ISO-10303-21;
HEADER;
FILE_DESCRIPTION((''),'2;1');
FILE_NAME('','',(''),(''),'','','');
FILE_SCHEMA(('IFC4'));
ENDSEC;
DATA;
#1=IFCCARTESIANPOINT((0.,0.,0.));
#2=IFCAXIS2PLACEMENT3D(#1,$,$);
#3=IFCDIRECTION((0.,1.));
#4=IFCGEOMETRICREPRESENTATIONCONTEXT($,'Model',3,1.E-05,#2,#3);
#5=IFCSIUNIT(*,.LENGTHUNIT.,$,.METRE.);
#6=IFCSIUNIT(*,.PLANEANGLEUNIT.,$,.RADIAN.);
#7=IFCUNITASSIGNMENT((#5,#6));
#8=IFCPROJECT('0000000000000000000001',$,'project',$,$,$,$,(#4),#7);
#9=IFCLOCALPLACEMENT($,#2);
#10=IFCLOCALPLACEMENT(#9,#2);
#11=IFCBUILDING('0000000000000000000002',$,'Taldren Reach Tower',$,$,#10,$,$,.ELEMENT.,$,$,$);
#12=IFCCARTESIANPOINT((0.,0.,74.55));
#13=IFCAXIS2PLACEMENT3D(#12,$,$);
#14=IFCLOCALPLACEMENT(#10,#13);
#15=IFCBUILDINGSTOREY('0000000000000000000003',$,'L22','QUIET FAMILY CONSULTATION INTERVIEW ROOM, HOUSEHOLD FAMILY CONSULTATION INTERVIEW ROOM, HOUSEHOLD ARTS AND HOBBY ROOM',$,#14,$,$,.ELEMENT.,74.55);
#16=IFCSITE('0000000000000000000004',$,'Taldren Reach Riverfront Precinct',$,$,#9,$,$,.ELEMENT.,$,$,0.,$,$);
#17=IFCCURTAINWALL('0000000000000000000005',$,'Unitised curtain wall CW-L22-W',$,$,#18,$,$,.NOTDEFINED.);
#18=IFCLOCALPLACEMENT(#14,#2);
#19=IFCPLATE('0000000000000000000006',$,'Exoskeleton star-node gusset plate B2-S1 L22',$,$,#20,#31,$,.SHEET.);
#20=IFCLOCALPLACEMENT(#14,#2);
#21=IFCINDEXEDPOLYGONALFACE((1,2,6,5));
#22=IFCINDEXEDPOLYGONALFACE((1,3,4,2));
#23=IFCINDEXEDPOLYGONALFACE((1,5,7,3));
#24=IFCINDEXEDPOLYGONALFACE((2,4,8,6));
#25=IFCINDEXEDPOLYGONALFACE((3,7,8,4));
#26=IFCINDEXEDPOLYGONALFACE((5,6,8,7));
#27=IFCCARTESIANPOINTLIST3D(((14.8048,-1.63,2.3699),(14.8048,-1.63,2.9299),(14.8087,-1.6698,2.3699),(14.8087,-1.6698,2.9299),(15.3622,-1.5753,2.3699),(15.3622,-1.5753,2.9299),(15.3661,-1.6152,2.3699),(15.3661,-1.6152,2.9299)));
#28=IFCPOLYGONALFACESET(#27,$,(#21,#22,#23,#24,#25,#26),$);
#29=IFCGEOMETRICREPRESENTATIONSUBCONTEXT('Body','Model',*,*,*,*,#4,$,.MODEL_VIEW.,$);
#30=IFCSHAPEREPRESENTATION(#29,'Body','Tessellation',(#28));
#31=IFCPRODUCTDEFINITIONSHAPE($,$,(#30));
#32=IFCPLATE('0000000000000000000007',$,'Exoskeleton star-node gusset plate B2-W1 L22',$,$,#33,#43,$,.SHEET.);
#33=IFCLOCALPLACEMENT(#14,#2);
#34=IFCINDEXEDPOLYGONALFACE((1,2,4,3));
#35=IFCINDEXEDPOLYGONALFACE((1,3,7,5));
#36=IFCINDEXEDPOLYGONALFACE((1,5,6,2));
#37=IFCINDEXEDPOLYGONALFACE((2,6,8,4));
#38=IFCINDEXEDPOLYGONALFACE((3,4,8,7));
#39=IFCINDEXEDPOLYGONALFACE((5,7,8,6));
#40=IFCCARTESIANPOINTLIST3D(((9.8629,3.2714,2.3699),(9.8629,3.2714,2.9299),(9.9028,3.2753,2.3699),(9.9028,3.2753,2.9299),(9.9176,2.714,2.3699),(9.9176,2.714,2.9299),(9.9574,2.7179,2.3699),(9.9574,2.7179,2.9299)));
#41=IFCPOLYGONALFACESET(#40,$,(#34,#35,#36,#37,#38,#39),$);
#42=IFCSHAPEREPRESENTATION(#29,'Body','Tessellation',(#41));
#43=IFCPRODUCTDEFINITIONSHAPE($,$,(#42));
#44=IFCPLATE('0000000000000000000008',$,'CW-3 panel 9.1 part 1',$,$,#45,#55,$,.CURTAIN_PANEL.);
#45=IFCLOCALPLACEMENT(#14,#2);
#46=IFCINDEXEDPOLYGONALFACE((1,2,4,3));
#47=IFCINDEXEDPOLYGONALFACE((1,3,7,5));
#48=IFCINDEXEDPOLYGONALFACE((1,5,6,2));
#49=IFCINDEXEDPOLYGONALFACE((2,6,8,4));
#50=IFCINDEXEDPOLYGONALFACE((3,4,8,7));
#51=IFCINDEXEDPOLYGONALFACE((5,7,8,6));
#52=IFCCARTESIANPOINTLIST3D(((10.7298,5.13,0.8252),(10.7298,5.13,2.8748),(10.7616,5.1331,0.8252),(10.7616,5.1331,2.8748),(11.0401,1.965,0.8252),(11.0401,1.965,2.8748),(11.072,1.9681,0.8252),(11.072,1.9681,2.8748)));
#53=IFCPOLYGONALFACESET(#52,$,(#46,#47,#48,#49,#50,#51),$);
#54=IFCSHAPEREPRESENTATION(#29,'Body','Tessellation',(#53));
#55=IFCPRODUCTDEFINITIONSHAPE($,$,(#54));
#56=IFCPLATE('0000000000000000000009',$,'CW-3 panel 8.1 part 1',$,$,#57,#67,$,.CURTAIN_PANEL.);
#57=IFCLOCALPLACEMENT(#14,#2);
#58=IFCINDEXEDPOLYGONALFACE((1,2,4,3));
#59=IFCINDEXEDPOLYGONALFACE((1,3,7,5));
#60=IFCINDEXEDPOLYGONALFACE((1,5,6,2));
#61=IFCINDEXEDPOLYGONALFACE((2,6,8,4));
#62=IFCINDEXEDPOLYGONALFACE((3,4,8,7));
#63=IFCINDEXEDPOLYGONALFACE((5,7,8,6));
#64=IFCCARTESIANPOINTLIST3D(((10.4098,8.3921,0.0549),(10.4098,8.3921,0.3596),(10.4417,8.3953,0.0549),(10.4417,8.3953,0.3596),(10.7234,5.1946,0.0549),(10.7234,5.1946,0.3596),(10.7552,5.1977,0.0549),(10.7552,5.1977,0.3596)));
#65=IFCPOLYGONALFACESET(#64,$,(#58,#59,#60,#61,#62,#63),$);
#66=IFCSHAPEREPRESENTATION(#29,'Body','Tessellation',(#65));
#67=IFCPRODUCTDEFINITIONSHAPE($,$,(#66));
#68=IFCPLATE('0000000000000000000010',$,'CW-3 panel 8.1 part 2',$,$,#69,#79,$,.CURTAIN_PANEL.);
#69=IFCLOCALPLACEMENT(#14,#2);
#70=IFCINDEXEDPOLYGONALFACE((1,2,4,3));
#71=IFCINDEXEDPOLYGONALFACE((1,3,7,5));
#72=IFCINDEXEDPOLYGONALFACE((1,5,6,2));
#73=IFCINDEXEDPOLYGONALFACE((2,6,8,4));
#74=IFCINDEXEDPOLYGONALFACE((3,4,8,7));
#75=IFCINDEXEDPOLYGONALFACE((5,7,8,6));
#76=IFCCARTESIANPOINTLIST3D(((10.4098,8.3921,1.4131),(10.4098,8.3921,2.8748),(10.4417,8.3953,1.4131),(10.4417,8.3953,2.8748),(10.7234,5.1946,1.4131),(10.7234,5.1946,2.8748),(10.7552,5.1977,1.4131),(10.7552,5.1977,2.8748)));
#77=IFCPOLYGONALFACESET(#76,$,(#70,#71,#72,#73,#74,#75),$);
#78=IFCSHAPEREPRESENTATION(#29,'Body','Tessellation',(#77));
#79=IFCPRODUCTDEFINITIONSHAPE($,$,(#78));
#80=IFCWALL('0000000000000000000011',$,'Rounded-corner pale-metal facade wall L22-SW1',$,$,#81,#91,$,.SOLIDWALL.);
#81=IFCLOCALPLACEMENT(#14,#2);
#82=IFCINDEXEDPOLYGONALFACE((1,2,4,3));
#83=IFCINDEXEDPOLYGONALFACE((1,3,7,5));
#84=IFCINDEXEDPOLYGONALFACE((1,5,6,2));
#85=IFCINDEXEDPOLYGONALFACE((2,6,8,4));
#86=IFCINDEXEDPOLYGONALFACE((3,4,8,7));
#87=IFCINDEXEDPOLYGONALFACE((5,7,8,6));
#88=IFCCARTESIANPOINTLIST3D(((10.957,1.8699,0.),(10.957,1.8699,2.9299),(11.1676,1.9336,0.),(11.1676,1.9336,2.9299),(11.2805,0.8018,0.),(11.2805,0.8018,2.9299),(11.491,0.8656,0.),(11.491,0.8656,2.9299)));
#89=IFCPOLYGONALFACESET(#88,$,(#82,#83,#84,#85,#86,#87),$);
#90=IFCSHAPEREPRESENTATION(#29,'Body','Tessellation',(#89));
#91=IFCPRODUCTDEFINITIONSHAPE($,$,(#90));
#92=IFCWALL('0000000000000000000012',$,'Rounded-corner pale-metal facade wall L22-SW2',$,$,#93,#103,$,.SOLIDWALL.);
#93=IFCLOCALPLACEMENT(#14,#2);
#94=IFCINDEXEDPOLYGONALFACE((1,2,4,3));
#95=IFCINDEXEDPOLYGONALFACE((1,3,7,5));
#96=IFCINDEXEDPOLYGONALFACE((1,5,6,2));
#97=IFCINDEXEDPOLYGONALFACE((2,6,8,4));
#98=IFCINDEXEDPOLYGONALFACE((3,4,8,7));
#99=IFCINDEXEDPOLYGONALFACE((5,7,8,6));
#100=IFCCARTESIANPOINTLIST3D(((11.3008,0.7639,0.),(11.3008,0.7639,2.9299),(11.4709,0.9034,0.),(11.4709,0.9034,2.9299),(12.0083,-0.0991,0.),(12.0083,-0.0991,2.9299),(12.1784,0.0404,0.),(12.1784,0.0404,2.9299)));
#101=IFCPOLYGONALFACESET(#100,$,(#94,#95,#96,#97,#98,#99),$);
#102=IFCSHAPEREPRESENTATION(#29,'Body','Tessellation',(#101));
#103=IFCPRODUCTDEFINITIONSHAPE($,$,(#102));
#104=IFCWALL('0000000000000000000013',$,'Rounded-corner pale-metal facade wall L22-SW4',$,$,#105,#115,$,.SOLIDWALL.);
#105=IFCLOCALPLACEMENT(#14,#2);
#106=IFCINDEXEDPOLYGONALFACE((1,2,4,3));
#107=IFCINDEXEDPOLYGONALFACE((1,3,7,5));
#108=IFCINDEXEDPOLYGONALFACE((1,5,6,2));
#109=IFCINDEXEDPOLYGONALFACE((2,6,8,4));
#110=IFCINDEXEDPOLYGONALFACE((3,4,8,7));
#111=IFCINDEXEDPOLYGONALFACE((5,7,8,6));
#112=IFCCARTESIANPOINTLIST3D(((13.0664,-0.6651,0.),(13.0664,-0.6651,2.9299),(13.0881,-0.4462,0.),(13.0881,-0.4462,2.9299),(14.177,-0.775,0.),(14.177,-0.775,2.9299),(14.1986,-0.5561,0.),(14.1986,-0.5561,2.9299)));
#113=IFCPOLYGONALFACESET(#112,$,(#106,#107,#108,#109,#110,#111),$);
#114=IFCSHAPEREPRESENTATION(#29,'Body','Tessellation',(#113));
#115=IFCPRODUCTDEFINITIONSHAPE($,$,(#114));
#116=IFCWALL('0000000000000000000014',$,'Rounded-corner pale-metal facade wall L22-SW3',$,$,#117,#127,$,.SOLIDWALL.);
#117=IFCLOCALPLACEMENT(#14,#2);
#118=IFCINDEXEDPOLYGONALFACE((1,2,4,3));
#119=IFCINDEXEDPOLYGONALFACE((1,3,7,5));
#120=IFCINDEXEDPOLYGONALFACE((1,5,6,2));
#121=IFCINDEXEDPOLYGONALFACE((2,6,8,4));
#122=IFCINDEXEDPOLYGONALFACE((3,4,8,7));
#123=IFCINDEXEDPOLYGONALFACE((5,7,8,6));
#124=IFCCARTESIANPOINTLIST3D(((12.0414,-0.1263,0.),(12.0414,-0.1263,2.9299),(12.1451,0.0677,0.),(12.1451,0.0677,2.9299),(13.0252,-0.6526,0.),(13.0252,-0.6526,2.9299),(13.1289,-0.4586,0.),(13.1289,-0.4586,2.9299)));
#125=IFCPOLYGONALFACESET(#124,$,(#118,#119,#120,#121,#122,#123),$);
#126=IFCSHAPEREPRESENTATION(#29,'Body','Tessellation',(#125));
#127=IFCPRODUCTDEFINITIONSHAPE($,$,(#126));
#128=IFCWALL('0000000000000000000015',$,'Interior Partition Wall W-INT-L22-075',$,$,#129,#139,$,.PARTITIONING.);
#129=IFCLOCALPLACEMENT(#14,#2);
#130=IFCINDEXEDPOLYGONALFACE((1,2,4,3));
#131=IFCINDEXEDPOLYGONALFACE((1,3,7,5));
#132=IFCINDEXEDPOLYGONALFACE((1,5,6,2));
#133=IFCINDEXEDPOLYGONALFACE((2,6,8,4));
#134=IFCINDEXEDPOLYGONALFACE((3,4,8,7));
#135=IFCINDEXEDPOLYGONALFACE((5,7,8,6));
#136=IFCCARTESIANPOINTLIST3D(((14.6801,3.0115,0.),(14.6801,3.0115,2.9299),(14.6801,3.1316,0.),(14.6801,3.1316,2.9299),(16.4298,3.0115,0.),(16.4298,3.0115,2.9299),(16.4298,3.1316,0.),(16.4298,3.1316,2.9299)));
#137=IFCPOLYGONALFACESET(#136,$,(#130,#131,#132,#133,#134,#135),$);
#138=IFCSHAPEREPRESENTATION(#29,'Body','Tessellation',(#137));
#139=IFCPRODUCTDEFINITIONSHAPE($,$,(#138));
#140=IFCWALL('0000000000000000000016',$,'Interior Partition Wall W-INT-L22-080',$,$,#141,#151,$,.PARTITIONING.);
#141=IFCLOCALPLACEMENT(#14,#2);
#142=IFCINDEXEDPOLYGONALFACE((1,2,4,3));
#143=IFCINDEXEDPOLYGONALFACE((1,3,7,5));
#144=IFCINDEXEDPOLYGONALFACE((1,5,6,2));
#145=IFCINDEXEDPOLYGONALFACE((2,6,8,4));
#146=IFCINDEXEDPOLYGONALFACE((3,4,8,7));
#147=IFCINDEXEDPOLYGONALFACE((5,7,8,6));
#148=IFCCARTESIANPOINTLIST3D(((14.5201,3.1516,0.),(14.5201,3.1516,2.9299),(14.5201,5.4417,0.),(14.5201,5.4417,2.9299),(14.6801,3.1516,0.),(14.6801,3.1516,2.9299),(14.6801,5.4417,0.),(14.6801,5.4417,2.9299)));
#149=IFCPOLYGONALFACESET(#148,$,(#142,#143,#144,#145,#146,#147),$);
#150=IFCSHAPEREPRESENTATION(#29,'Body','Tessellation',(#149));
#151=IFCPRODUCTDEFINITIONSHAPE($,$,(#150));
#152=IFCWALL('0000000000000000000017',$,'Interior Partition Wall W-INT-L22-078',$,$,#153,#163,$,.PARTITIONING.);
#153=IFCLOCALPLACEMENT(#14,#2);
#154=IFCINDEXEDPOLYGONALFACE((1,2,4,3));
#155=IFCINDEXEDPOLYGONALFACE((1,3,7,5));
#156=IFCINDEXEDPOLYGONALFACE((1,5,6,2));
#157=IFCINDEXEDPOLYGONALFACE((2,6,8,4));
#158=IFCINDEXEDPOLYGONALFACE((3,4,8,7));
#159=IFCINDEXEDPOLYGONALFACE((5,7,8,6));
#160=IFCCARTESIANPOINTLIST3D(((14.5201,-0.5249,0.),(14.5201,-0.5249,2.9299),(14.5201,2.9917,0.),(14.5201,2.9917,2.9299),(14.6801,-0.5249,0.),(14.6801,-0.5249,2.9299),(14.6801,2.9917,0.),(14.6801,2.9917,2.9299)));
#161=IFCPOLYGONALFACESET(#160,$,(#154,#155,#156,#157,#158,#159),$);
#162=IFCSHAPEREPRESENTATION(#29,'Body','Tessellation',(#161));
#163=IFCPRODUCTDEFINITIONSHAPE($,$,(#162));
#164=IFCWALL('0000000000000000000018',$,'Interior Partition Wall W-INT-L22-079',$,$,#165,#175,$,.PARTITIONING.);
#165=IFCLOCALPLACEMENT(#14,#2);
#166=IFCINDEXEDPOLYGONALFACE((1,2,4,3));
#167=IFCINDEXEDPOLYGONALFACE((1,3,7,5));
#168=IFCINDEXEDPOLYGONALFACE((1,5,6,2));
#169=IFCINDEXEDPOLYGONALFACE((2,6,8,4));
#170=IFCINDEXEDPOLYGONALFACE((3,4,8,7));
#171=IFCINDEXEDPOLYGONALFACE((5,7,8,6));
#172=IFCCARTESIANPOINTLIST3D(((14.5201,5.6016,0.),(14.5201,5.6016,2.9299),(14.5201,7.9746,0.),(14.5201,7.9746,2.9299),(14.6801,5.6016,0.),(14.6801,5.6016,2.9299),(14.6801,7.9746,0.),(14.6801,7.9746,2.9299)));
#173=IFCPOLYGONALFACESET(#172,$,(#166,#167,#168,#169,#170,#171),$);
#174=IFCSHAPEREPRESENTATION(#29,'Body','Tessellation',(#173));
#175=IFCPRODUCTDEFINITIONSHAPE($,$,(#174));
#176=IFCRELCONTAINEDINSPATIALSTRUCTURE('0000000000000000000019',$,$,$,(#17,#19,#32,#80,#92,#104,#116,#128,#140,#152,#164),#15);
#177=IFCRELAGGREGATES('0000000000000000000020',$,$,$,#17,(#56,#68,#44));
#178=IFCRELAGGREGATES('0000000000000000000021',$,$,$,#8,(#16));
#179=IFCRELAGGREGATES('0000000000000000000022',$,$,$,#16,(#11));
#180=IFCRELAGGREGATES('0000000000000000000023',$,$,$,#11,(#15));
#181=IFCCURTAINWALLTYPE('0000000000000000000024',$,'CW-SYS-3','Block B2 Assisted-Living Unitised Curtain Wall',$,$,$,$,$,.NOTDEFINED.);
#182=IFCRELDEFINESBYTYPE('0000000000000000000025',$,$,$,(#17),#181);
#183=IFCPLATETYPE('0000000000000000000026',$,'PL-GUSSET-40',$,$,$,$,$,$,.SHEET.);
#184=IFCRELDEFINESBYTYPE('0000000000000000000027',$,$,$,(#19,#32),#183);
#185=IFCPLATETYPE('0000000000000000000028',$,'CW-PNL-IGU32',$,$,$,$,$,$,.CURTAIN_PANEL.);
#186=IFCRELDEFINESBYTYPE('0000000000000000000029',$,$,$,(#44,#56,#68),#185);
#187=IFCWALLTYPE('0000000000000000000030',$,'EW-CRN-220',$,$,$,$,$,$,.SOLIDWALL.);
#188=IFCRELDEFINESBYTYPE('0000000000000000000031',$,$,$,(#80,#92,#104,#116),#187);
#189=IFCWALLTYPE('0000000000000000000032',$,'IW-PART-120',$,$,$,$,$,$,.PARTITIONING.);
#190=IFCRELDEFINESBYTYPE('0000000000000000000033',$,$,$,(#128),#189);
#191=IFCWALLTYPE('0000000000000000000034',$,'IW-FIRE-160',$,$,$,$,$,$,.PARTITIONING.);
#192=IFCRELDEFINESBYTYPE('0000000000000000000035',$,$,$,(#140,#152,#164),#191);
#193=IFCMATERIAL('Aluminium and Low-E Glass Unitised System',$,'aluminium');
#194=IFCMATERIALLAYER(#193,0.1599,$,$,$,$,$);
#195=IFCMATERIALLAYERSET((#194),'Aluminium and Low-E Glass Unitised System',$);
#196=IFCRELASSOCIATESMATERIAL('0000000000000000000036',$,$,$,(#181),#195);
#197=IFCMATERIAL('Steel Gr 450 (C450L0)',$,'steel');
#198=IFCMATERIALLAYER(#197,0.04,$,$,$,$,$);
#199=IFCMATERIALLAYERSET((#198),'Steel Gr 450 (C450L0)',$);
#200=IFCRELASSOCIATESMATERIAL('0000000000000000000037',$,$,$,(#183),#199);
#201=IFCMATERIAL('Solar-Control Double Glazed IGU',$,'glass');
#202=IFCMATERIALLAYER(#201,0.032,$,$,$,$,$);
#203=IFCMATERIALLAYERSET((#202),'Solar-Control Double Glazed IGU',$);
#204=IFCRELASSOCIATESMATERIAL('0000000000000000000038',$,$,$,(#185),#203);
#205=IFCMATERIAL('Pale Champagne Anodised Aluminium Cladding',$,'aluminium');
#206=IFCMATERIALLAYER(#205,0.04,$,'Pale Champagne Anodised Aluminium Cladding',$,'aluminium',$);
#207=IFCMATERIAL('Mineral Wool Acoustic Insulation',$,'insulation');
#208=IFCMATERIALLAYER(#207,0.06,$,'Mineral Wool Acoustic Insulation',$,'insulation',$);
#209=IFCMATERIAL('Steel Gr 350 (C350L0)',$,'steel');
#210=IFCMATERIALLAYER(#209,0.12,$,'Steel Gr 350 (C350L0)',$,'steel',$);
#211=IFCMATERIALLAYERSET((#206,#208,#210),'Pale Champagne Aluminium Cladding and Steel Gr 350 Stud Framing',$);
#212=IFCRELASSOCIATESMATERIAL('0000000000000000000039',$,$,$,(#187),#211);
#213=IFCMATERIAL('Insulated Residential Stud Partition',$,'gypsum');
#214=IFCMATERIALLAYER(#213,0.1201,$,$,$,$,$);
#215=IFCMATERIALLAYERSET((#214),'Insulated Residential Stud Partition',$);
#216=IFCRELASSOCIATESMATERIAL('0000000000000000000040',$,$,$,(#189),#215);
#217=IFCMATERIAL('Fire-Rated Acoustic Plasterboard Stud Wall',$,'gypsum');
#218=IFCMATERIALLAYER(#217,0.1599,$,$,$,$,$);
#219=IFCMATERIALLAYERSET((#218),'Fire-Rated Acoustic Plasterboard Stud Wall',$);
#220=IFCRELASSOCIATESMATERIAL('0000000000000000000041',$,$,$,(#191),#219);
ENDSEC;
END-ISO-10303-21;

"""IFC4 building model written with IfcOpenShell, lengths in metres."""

from ifc_helpers import new_model, si_unit, direction, frame, frame_2d, origin, origin_2d, place, context, subcontext, project, spatial, rectangle, extrude, source, transform, mapped, material, layer, layer_set, type_object, element, aggregate, save


model = new_model("IFC4")

# Units and contexts
model_context = context("Model", 3, precision=1e-05, world=origin(), true_north=direction((0.0, 1.0)))
body_context = subcontext(model_context, "Body", "Model", "MODEL_VIEW")
ifc_project = project(units=[si_unit("LENGTHUNIT", "METRE"), si_unit("PLANEANGLEUNIT", "RADIAN")], contexts=[model_context])

# Site, building, storey
site_placement = place(None, origin())
site = spatial("IfcSite", under=ifc_project, at=site_placement, Name="Taldren Reach Riverfront Precinct", CompositionType="ELEMENT", RefElevation=0.0)
building_placement = place(site_placement, origin())
building = spatial("IfcBuilding", under=site, at=building_placement, Name="Taldren Reach Tower", CompositionType="ELEMENT")
storey_placement = place(building_placement, frame((0.0, 0.0, 74.55)))
storey = spatial("IfcBuildingStorey", under=building, at=storey_placement, Name="L22", Description="QUIET FAMILY CONSULTATION INTERVIEW ROOM, HOUSEHOLD FAMILY CONSULTATION INTERVIEW ROOM, HOUSEHOLD ARTS AND HOBBY ROOM", CompositionType="ELEMENT", Elevation=74.55)

# Shared definitions
ifc_material_1 = material(Name="Steel Gr 450 (C450L0)", Category="steel")
ifc_material_2 = material(Name="Steel Gr 350 (C350L0)", Category="steel")

# Shared definitions
ifc_material_3 = material(Name="Aluminium and Low-E Glass Unitised System", Category="aluminium")
ifc_layer_1 = layer(ifc_material_3, 0.1599)
ifc_layer_set_1 = layer_set([ifc_layer_1], Name="Aluminium and Low-E Glass Unitised System")
curtain_wall_type = type_object("IfcCurtainWallType", Name="CW-SYS-3", Description="Block B2 Assisted-Living Unitised Curtain Wall", PredefinedType="NOTDEFINED", material=ifc_layer_set_1)

# Curtain wall
curtain_wall_1_placement = place(storey_placement, origin())
curtain_wall_1 = element("IfcCurtainWall", 1, at=curtain_wall_1_placement, inside=storey, type_object=curtain_wall_type, Name="Unitised curtain wall CW-L22-W", PredefinedType="NOTDEFINED")

# Plates
ifc_layer_2 = layer(ifc_material_1, 0.04)
ifc_layer_set_2 = layer_set([ifc_layer_2], Name="Steel Gr 450 (C450L0)")
plate_type_1 = type_object("IfcPlateType", Name="PL-GUSSET-40", PredefinedType="SHEET", material=ifc_layer_set_2)
shared_shape_1 = source(origin(), body_context, "Body", "SweptSolid", [
    extrude(rectangle(XDim=0.5601, YDim=0.04, at=origin_2d()), origin(), (0.0, 0.0, 1.0), 0.5601),
])
for number, where, z_axis, x_axis, name in (
    (2, (15.0854, -1.6226, 2.3699), (0.0, 0.0, 1.0), (0.995227, 0.097583, 0.0), "Exoskeleton star-node gusset plate B2-S1 L22"),
    (3, (9.9102, 2.9946, 2.3699), (0.0, 0.0, 1.0), (-0.097583, 0.995227, 0.0), "Exoskeleton star-node gusset plate B2-W1 L22"),
):
    element("IfcPlate", number, at=place(storey_placement, frame(where, z_axis=z_axis, x_axis=x_axis)), inside=storey, type_object=plate_type_1, Name=name, PredefinedType="SHEET", context=body_context, shape_type="MappedRepresentation", body=[
        mapped(shared_shape_1, transform((0.0, 0.0, 0.0), scale=1.0)),
    ])

# Plates
ifc_material_4 = material(Name="Solar-Control Double Glazed IGU", Category="glass")
ifc_layer_3 = layer(ifc_material_4, 0.032)
ifc_layer_set_3 = layer_set([ifc_layer_3], Name="Solar-Control Double Glazed IGU")
plate_type_2 = type_object("IfcPlateType", Name="CW-PNL-IGU32", PredefinedType="CURTAIN_PANEL", material=ifc_layer_set_3)
shared_shape_2 = source(origin(), body_context, "Body", "SweptSolid", [
    extrude(rectangle(XDim=3.1802, YDim=0.032, at=origin_2d()), origin(), (0.0, 0.0, 1.0), 2.0496),
])
plate_1_placement = place(storey_placement, frame((10.9009, 3.5491, 0.8252), z_axis=(0.0, 0.0, 1.0), x_axis=(0.097583, -0.995227, 0.0)))
plate_1 = element("IfcPlate", 4, at=plate_1_placement, type_object=plate_type_2, Name="CW-3 panel 9.1 part 1", PredefinedType="CURTAIN_PANEL", context=body_context, shape_type="MappedRepresentation", body=[
    mapped(shared_shape_2, transform((0.0, 0.0, 0.0), scale=1.0)),
])
shared_shape_3 = source(origin(), body_context, "Body", "SweptSolid", [
    extrude(rectangle(XDim=3.2129, YDim=0.032, at=origin_2d()), origin(), (0.0, 0.0, 1.0), 0.3047),
])
plate_2_placement = place(storey_placement, frame((10.5825, 6.7949, 0.0549), z_axis=(0.0, 0.0, 1.0), x_axis=(0.097583, -0.995227, 0.0)))
plate_2 = element("IfcPlate", 5, at=plate_2_placement, type_object=plate_type_2, Name="CW-3 panel 8.1 part 1", PredefinedType="CURTAIN_PANEL", context=body_context, shape_type="MappedRepresentation", body=[
    mapped(shared_shape_3, transform((0.0, 0.0, 0.0), scale=1.0)),
])
shared_shape_4 = source(origin(), body_context, "Body", "SweptSolid", [
    extrude(rectangle(XDim=3.2129, YDim=0.032, at=origin_2d()), origin(), (0.0, 0.0, 1.0), 1.4617),
])
plate_3_placement = place(storey_placement, frame((10.5825, 6.7949, 1.4131), z_axis=(0.0, 0.0, 1.0), x_axis=(0.097583, -0.995227, 0.0)))
plate_3 = element("IfcPlate", 6, at=plate_3_placement, type_object=plate_type_2, Name="CW-3 panel 8.1 part 2", PredefinedType="CURTAIN_PANEL", context=body_context, shape_type="MappedRepresentation", body=[
    mapped(shared_shape_4, transform((0.0, 0.0, 0.0), scale=1.0)),
])
aggregate(curtain_wall_1, [plate_2, plate_3, plate_1])

# Walls
ifc_material_5 = material(Name="Pale Champagne Anodised Aluminium Cladding", Category="aluminium")
ifc_layer_4 = layer(ifc_material_5, 0.04, Name="Pale Champagne Anodised Aluminium Cladding", Category="aluminium")
ifc_material_6 = material(Name="Mineral Wool Acoustic Insulation", Category="insulation")
ifc_layer_5 = layer(ifc_material_6, 0.06, Name="Mineral Wool Acoustic Insulation", Category="insulation")
ifc_layer_6 = layer(ifc_material_2, 0.12, Name="Steel Gr 350 (C350L0)", Category="steel")
ifc_layer_set_4 = layer_set([ifc_layer_4, ifc_layer_5, ifc_layer_6], Name="Pale Champagne Aluminium Cladding and Steel Gr 350 Stud Framing")
wall_type_1 = type_object("IfcWallType", Name="EW-CRN-220", PredefinedType="SOLIDWALL", material=ifc_layer_set_4)
shared_shape_5 = source(origin(), body_context, "Body", "SweptSolid", [
    extrude(rectangle(XDim=1.116, YDim=0.22, at=frame_2d((0.5581, 0.0))), origin(), (0.0, 0.0, 1.0), 2.9299),
])
for number, where, z_axis, x_axis, name in (
    (7, (11.0623, 1.9019, 0.0), (0.0, 0.0, 1.0), (0.289856, -0.95707, 0.0), "Rounded-corner pale-metal facade wall L22-SW1"),
    (8, (11.3857, 0.8337, 0.0), (0.0, 0.0, 1.0), (0.633988, -0.773343, 0.0), "Rounded-corner pale-metal facade wall L22-SW2"),
    (9, (13.0771, -0.5557, 0.0), (0.0, 0.0, 1.0), (0.995143, -0.098442, 0.0), "Rounded-corner pale-metal facade wall L22-SW4"),
):
    element("IfcWall", number, at=place(storey_placement, frame(where, z_axis=z_axis, x_axis=x_axis)), inside=storey, type_object=wall_type_1, Name=name, PredefinedType="SOLIDWALL", context=body_context, shape_type="MappedRepresentation", body=[
        mapped(shared_shape_5, transform((0.0, 0.0, 0.0), scale=1.0)),
    ])
shared_shape_6 = source(origin(), body_context, "Body", "SweptSolid", [
    extrude(rectangle(XDim=1.1157, YDim=0.22, at=frame_2d((0.5579, 0.0))), origin(), (0.0, 0.0, 1.0), 2.9299),
])
wall_1_placement = place(storey_placement, frame((12.0933, -0.0293, 0.0), z_axis=(0.0, 0.0, 1.0), x_axis=(0.881747, -0.471723, 0.0)))
element("IfcWall", 10, at=wall_1_placement, inside=storey, type_object=wall_type_1, Name="Rounded-corner pale-metal facade wall L22-SW3", PredefinedType="SOLIDWALL", context=body_context, shape_type="MappedRepresentation", body=[
    mapped(shared_shape_6, transform((0.0, 0.0, 0.0), scale=1.0)),
])
ifc_material_7 = material(Name="Insulated Residential Stud Partition", Category="gypsum")
ifc_layer_7 = layer(ifc_material_7, 0.1201)
ifc_layer_set_5 = layer_set([ifc_layer_7], Name="Insulated Residential Stud Partition")
wall_type_2 = type_object("IfcWallType", Name="IW-PART-120", PredefinedType="PARTITIONING", material=ifc_layer_set_5)
shared_shape_7 = source(origin(), body_context, "Body", "SweptSolid", [
    extrude(rectangle(XDim=1.7498, YDim=0.1201, at=frame_2d((0.875, 0.0))), origin(), (0.0, 0.0, 1.0), 2.9299),
])
wall_2_placement = place(storey_placement, frame((14.6799, 3.0715, 0.0), z_axis=(0.0, 0.0, 1.0), x_axis=(1.0, 0.0, 0.0)))
element("IfcWall", 11, at=wall_2_placement, inside=storey, type_object=wall_type_2, Name="Interior Partition Wall W-INT-L22-075", PredefinedType="PARTITIONING", context=body_context, shape_type="MappedRepresentation", body=[
    mapped(shared_shape_7, transform((0.0, 0.0, 0.0), scale=1.0)),
])
ifc_material_8 = material(Name="Fire-Rated Acoustic Plasterboard Stud Wall", Category="gypsum")
ifc_layer_8 = layer(ifc_material_8, 0.1599)
ifc_layer_set_6 = layer_set([ifc_layer_8], Name="Fire-Rated Acoustic Plasterboard Stud Wall")
wall_type_3 = type_object("IfcWallType", Name="IW-FIRE-160", PredefinedType="PARTITIONING", material=ifc_layer_set_6)
shared_shape_8 = source(origin(), body_context, "Body", "SweptSolid", [
    extrude(rectangle(XDim=2.29, YDim=0.1599, at=frame_2d((1.145, 0.0))), origin(), (0.0, 0.0, 1.0), 2.9299),
])
wall_3_placement = place(storey_placement, frame((14.6001, 3.1516, 0.0), z_axis=(0.0, 0.0, 1.0), x_axis=(0.0, 1.0, 0.0)))
element("IfcWall", 12, at=wall_3_placement, inside=storey, type_object=wall_type_3, Name="Interior Partition Wall W-INT-L22-080", PredefinedType="PARTITIONING", context=body_context, shape_type="MappedRepresentation", body=[
    mapped(shared_shape_8, transform((0.0, 0.0, 0.0), scale=1.0)),
])
shared_shape_9 = source(origin(), body_context, "Body", "SweptSolid", [
    extrude(rectangle(XDim=3.5166, YDim=0.1599, at=frame_2d((1.7583, 0.0))), origin(), (0.0, 0.0, 1.0), 2.9299),
])
wall_4_placement = place(storey_placement, frame((14.6001, -0.5249, 0.0), z_axis=(0.0, 0.0, 1.0), x_axis=(0.0, 1.0, 0.0)))
element("IfcWall", 13, at=wall_4_placement, inside=storey, type_object=wall_type_3, Name="Interior Partition Wall W-INT-L22-078", PredefinedType="PARTITIONING", context=body_context, shape_type="MappedRepresentation", body=[
    mapped(shared_shape_9, transform((0.0, 0.0, 0.0), scale=1.0)),
])
shared_shape_10 = source(origin(), body_context, "Body", "SweptSolid", [
    extrude(rectangle(XDim=2.373, YDim=0.1599, at=frame_2d((1.1865, 0.0))), origin(), (0.0, 0.0, 1.0), 2.9299),
])
wall_5_placement = place(storey_placement, frame((14.6001, 5.6016, 0.0), z_axis=(0.0, 0.0, 1.0), x_axis=(0.0, 1.0, 0.0)))
element("IfcWall", 14, at=wall_5_placement, inside=storey, type_object=wall_type_3, Name="Interior Partition Wall W-INT-L22-079", PredefinedType="PARTITIONING", context=body_context, shape_type="MappedRepresentation", body=[
    mapped(shared_shape_10, transform((0.0, 0.0, 0.0), scale=1.0)),
])

save(model, "model.ifc")
